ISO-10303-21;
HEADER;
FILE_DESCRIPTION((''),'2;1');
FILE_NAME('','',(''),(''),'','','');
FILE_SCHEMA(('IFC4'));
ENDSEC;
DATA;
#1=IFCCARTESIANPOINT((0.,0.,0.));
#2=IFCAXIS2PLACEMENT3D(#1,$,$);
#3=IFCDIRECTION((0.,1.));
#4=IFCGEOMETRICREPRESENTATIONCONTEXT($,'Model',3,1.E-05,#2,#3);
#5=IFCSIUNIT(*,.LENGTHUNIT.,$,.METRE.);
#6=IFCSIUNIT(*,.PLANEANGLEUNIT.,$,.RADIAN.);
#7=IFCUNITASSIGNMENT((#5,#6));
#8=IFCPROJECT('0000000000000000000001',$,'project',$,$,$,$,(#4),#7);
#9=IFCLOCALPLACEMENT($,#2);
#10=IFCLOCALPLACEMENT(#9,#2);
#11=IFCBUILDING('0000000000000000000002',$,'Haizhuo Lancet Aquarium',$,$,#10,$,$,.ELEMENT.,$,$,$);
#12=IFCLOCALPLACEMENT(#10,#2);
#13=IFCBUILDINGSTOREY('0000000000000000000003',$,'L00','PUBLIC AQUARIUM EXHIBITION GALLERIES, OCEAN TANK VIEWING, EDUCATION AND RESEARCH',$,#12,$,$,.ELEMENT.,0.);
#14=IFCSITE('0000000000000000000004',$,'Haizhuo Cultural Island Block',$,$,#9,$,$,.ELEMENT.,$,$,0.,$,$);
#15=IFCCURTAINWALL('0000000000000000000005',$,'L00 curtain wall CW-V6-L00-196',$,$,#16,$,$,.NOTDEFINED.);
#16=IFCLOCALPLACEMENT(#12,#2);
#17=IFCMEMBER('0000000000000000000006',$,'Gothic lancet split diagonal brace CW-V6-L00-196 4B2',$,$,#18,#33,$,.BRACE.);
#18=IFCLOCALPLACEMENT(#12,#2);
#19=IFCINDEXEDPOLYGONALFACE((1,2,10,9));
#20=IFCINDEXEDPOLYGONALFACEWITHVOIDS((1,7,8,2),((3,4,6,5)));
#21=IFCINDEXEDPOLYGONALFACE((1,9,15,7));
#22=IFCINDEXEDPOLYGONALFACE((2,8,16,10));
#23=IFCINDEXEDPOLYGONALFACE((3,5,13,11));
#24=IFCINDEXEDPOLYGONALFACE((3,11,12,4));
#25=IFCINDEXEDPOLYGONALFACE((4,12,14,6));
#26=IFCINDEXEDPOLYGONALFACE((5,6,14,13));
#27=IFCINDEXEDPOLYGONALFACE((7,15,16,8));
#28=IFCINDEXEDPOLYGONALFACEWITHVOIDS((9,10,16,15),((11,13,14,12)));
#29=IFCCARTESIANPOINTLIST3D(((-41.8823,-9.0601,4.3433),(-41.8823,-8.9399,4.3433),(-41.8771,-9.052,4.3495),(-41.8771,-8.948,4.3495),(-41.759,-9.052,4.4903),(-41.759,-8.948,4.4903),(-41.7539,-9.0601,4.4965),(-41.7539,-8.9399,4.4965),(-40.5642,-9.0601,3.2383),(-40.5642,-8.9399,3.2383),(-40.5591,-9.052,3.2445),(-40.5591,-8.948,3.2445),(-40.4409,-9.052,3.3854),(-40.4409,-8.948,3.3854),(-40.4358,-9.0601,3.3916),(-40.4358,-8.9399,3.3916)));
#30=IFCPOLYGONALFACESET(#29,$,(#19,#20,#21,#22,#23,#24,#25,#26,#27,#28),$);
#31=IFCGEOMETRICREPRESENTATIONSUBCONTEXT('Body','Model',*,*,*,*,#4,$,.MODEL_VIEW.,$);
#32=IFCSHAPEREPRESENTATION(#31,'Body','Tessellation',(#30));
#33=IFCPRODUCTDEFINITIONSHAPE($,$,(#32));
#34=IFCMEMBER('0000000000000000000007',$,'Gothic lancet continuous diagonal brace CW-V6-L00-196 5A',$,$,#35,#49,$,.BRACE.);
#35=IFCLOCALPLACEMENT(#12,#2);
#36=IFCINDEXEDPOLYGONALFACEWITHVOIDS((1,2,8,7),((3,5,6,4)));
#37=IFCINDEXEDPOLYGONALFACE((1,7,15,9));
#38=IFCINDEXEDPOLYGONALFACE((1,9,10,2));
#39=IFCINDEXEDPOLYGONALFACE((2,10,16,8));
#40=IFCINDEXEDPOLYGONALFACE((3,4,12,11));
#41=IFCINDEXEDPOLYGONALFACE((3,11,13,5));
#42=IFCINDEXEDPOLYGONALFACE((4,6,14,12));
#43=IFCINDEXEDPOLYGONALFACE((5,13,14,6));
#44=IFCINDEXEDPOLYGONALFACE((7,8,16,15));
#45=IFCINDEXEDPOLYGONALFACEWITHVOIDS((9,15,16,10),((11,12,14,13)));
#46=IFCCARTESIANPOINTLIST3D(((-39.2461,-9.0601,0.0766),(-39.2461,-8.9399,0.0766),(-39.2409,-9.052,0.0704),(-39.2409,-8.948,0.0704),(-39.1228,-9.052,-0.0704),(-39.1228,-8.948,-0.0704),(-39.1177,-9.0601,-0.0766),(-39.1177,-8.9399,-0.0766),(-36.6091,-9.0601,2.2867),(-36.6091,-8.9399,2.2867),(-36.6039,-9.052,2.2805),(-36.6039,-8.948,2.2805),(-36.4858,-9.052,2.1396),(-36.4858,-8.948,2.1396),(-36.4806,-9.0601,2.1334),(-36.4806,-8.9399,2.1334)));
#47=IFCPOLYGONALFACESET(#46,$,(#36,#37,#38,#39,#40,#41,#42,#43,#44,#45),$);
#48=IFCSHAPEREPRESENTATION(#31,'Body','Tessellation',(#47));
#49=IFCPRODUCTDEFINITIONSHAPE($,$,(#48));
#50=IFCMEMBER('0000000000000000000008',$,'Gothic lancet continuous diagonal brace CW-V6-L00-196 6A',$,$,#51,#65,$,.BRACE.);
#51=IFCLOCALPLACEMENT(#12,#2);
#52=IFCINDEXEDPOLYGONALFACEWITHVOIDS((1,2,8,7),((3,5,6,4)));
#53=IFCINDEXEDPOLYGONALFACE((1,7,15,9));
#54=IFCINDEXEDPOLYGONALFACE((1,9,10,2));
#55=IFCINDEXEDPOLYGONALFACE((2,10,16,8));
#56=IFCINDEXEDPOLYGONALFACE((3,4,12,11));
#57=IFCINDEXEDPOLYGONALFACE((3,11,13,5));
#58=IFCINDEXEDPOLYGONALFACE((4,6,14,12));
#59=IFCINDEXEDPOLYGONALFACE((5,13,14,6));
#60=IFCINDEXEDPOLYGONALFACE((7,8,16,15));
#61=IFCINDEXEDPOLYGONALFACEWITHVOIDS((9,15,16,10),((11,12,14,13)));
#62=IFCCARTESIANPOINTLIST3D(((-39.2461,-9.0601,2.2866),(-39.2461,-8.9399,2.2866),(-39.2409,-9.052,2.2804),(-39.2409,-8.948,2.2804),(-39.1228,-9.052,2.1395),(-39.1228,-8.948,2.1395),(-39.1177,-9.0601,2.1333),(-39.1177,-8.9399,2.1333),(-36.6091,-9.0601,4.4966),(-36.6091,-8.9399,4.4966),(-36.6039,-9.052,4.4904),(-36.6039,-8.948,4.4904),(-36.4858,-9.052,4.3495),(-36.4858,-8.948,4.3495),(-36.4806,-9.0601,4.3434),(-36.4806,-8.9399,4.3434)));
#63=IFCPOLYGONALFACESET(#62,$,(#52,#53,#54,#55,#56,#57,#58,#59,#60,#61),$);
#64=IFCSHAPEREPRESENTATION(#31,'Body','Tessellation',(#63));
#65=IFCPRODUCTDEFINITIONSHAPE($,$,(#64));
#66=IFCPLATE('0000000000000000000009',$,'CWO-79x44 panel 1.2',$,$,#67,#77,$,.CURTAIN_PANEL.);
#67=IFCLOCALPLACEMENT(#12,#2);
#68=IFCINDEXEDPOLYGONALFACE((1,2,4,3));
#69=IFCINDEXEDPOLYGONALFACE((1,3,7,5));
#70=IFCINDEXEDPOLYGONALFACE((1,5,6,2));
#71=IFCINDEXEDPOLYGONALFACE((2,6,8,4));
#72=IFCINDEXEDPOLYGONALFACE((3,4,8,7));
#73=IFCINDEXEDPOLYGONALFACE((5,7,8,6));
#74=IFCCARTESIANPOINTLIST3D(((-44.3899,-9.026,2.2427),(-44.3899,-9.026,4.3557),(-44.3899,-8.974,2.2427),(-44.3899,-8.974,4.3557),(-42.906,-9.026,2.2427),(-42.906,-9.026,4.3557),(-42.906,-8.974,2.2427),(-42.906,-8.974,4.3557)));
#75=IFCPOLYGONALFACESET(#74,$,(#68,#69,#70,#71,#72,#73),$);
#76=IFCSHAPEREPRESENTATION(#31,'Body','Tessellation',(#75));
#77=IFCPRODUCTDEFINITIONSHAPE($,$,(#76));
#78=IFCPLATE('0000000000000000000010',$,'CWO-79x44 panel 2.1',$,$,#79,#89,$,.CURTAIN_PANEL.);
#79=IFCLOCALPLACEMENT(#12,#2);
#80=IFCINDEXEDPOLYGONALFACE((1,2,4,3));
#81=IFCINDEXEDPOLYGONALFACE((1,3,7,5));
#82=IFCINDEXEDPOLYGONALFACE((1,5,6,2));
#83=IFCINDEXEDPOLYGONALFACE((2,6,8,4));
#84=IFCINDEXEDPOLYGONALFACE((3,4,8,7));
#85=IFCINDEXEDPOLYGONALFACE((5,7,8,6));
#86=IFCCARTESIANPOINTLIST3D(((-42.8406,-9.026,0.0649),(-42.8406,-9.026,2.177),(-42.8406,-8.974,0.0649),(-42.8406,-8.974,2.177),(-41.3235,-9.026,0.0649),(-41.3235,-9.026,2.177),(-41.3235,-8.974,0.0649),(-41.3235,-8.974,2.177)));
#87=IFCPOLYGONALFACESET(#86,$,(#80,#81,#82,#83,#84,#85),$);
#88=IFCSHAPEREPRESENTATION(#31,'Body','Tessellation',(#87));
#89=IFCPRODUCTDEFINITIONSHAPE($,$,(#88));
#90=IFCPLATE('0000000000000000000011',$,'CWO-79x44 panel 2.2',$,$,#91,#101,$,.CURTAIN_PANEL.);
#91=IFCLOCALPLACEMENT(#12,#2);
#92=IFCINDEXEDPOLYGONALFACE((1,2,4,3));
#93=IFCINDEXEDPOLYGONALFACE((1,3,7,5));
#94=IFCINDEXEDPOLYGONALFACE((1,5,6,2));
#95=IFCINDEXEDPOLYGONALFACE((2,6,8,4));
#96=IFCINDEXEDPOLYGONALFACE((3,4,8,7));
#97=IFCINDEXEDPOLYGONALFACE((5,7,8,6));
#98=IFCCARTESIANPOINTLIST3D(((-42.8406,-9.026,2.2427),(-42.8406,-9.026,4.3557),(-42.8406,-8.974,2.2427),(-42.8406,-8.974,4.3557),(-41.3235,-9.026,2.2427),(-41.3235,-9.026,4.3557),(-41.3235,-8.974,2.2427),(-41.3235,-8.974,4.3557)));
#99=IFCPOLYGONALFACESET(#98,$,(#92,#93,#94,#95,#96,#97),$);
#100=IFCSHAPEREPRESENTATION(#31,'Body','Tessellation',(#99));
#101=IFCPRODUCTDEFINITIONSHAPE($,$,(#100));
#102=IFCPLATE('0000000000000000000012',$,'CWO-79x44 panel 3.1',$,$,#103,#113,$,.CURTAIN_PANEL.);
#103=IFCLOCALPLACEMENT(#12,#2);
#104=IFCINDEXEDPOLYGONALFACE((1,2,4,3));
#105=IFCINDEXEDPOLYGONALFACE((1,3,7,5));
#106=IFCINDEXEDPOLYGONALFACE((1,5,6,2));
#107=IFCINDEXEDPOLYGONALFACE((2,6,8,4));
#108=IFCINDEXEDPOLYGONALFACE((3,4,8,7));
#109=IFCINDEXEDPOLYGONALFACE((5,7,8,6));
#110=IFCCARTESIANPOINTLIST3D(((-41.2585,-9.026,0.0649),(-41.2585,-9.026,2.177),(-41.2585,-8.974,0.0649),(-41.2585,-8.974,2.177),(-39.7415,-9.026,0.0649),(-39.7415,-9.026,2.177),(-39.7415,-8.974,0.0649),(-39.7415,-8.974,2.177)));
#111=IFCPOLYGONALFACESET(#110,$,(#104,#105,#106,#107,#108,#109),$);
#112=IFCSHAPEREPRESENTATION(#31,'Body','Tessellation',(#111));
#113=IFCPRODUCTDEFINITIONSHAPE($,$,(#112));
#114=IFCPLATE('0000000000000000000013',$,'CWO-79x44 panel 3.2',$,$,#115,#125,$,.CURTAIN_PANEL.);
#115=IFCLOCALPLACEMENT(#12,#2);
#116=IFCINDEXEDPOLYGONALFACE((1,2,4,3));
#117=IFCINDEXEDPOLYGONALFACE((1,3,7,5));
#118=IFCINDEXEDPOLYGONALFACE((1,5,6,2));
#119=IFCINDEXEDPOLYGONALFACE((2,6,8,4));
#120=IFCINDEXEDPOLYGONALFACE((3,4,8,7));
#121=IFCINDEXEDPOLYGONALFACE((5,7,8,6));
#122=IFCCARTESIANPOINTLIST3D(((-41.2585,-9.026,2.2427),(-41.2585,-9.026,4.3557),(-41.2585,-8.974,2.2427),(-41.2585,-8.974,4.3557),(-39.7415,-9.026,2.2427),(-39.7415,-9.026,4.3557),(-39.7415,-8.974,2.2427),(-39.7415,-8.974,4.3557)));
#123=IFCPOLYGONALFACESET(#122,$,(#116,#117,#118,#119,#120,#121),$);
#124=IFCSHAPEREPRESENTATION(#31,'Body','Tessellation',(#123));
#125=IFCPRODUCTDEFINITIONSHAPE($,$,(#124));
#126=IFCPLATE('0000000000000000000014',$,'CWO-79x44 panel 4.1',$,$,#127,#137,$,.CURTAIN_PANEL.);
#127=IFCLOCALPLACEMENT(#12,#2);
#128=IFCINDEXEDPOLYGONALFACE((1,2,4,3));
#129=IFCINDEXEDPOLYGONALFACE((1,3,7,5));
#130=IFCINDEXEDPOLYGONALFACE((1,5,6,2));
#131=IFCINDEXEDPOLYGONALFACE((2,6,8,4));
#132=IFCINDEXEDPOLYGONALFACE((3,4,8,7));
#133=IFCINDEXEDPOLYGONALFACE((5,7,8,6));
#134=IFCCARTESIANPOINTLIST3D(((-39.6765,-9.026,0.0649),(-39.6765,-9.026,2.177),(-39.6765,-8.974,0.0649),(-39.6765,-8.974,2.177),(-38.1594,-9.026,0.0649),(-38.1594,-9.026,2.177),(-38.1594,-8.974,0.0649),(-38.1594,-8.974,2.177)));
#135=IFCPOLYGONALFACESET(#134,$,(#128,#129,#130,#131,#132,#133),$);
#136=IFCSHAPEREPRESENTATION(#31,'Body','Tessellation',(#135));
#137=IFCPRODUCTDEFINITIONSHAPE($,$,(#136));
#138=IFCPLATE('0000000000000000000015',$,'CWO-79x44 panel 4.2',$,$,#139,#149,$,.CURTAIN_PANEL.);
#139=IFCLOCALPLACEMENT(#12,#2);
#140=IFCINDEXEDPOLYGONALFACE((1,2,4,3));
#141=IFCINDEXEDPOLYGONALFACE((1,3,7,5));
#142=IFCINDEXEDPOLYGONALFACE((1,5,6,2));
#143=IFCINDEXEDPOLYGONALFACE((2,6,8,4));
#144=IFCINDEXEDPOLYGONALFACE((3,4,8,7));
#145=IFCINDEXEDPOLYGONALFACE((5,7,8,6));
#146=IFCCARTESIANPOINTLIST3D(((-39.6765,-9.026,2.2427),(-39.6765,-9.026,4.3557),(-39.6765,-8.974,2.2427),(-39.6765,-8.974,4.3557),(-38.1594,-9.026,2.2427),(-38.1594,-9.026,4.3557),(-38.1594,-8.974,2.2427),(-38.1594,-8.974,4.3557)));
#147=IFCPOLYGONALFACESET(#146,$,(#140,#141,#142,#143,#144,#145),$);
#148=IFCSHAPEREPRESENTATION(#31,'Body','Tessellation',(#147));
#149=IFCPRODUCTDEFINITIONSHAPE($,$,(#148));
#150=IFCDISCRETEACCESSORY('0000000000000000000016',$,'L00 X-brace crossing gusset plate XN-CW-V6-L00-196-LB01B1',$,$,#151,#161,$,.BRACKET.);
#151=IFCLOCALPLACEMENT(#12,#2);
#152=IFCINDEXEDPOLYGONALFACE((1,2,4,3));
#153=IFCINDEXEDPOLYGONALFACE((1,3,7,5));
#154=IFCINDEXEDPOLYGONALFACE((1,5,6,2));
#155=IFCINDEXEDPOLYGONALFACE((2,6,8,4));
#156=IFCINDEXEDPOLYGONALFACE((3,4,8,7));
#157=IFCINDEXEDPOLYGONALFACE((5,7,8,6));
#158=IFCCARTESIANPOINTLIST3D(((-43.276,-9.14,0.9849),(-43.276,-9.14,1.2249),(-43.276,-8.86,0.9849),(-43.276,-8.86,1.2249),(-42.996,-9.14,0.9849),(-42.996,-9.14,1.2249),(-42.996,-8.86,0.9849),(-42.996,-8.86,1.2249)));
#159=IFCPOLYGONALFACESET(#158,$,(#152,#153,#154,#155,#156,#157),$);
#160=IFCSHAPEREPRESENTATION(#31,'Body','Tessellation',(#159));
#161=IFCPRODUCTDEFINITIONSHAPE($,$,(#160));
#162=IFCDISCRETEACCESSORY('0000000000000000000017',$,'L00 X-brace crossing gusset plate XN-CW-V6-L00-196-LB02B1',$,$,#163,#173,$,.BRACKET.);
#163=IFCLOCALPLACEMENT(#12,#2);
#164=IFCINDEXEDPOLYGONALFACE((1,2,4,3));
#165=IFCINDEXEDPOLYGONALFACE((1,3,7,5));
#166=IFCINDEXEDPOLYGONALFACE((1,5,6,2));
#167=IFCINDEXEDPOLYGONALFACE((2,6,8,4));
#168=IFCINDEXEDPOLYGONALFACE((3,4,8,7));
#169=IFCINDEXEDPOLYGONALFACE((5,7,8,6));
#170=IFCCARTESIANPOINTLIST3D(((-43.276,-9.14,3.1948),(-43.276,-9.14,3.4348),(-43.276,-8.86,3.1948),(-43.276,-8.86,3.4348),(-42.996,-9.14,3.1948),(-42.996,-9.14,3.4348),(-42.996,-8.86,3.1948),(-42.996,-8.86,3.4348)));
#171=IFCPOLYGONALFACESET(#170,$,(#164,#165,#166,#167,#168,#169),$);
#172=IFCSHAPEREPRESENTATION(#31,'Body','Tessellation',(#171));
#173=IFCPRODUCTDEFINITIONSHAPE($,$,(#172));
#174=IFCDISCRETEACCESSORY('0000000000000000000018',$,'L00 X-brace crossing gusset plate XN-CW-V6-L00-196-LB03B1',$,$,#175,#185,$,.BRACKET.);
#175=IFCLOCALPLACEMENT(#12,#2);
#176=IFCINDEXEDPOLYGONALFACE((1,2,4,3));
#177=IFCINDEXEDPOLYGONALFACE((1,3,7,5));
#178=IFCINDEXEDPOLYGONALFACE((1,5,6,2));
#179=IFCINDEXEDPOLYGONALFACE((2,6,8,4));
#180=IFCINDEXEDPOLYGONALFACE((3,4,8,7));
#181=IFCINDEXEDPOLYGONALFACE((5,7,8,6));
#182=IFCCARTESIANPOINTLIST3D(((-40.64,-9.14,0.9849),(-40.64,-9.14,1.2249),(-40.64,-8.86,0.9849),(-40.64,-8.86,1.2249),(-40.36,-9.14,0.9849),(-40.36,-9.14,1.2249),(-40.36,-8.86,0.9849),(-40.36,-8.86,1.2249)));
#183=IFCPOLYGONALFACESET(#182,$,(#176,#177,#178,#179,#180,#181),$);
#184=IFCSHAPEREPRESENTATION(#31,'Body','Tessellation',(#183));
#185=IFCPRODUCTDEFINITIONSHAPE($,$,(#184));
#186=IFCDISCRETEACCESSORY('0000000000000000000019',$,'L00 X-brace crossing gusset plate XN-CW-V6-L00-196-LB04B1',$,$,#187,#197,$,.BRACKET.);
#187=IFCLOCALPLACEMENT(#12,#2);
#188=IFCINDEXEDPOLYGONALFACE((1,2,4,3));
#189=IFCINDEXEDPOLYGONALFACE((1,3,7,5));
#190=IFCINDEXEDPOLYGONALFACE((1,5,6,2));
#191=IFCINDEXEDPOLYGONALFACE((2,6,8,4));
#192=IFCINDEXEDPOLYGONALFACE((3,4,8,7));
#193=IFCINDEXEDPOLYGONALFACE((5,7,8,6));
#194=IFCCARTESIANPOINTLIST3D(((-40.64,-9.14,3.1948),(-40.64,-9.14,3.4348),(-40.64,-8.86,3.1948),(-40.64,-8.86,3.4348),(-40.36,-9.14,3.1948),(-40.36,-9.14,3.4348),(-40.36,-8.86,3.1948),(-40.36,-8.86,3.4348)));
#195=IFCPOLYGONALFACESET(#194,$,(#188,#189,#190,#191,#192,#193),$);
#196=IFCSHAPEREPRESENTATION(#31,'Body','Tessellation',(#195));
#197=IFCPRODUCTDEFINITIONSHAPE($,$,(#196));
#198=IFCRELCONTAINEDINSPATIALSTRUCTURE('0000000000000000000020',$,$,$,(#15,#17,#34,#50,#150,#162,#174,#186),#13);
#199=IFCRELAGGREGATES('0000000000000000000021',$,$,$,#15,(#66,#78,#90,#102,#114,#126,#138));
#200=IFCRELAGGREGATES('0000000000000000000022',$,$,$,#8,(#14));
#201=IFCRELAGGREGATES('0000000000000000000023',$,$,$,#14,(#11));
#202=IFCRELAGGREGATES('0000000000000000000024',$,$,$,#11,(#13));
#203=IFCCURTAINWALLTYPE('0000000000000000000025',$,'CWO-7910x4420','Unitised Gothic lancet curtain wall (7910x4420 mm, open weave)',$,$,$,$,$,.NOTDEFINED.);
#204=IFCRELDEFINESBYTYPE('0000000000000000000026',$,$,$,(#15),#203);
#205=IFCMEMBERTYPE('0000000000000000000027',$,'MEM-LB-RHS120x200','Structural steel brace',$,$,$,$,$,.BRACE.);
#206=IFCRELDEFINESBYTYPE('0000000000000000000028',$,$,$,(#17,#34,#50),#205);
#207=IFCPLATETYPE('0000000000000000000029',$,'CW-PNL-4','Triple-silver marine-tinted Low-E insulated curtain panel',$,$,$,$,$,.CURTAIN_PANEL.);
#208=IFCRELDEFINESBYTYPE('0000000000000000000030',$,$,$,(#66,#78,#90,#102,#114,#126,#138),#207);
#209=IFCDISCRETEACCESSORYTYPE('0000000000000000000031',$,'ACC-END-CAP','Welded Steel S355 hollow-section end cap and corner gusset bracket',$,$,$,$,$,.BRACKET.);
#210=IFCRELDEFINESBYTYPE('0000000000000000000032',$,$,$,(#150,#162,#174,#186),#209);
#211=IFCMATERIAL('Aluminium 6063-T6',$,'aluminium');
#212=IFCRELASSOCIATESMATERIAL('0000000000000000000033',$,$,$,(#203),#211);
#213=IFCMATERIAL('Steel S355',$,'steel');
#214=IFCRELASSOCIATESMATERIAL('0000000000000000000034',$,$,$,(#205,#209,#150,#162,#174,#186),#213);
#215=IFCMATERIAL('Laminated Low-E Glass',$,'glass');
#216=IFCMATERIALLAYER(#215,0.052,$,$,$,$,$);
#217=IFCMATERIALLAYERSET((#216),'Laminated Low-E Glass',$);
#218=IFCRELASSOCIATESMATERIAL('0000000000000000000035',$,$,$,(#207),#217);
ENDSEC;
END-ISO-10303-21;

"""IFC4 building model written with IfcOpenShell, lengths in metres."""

from ifc_helpers import new_model, si_unit, direction, frame, origin, origin_2d, place, context, subcontext, project, spatial, rectangle, hollow_rectangle, extrude, material, layer, layer_set, material_profile, profile_set, type_object, element, aggregate, save


model = new_model("IFC4")

# Units and contexts
model_context = context("Model", 3, precision=1e-05, world=origin(), true_north=direction((0.0, 1.0)))
body_context = subcontext(model_context, "Body", "Model", "MODEL_VIEW")
ifc_project = project(units=[si_unit("LENGTHUNIT", "METRE"), si_unit("PLANEANGLEUNIT", "RADIAN")], contexts=[model_context])

# Site, building, storey
site_placement = place(None, origin())
site = spatial("IfcSite", under=ifc_project, at=site_placement, Name="Haizhuo Cultural Island Block", CompositionType="ELEMENT", RefElevation=0.0)
building_placement = place(site_placement, origin())
building = spatial("IfcBuilding", under=site, at=building_placement, Name="Haizhuo Lancet Aquarium", CompositionType="ELEMENT")
storey_placement = place(building_placement, origin())
storey = spatial("IfcBuildingStorey", under=building, at=storey_placement, Name="L00", Description="PUBLIC AQUARIUM EXHIBITION GALLERIES, OCEAN TANK VIEWING, EDUCATION AND RESEARCH", CompositionType="ELEMENT", Elevation=0.0)

# Curtain wall
ifc_material_1 = material(Name="Aluminium 6063-T6", Category="aluminium")
curtain_wall_type = type_object("IfcCurtainWallType", Name="CWO-7910x4420", Description="Unitised Gothic lancet curtain wall (7910x4420 mm, open weave)", PredefinedType="NOTDEFINED", material=ifc_material_1)
curtain_wall_placement = place(storey_placement, origin())
curtain_wall = element("IfcCurtainWall", 1, at=curtain_wall_placement, inside=storey, type_object=curtain_wall_type, Name="L00 curtain wall CW-V6-L00-196", PredefinedType="NOTDEFINED")

# Members
ifc_material_2 = material(Name="Steel S355", Category="steel")
ifc_material_profile_1 = material_profile(ifc_material_2, hollow_rectangle(XDim=0.1201, YDim=0.2, WallThickness=0.0081, at=origin_2d()), Name="RHS 120x200x8")
ifc_profile_set_1 = profile_set([ifc_material_profile_1], Name="Steel S355")
member_type_1 = type_object("IfcMemberType", Name="MEM-LB-RHS120x200", Description="Structural steel brace", PredefinedType="BRACE", material=ifc_profile_set_1)
for number, where, z_axis, x_axis, name in (
    (2, (-40.5, -9.0, 3.3149), (-0.766345, 0.0, 0.642429), (0.0, -1.0, 0.0), "Gothic lancet split diagonal brace CW-V6-L00-196 4B2"),
):
    element("IfcMember", number, at=place(storey_placement, frame(where, z_axis=z_axis, x_axis=x_axis)), inside=storey, type_object=member_type_1, Name=name, PredefinedType="BRACE", context=body_context, shape_type="SweptSolid", body=[
        extrude(hollow_rectangle(XDim=0.1201, YDim=0.2, WallThickness=0.0081, at=origin_2d()), origin(), (0.0, 0.0, 1.0), 1.72),
    ])
for number, where, z_axis, x_axis, name in (
    (3, (-39.1819, -9.0, 0.0), (0.766433, 0.0, 0.642325), (0.0, 1.0, 0.0), "Gothic lancet continuous diagonal brace CW-V6-L00-196 5A"),
    (4, (-39.1819, -9.0, 2.21), (0.766433, 0.0, 0.642325), (0.0, 1.0, 0.0), "Gothic lancet continuous diagonal brace CW-V6-L00-196 6A"),
):
    element("IfcMember", number, at=place(storey_placement, frame(where, z_axis=z_axis, x_axis=x_axis)), inside=storey, type_object=member_type_1, Name=name, PredefinedType="BRACE", context=body_context, shape_type="SweptSolid", body=[
        extrude(hollow_rectangle(XDim=0.1201, YDim=0.2, WallThickness=0.0081, at=origin_2d()), origin(), (0.0, 0.0, 1.0), 3.4407),
    ])

# Plates
ifc_material_3 = material(Name="Laminated Low-E Glass", Category="glass")
ifc_layer = layer(ifc_material_3, 0.052)
ifc_layer_set = layer_set([ifc_layer], Name="Laminated Low-E Glass")
plate_type = type_object("IfcPlateType", Name="CW-PNL-4", Description="Triple-silver marine-tinted Low-E insulated curtain panel", PredefinedType="CURTAIN_PANEL", material=ifc_layer_set)
plate_1_placement = place(storey_placement, frame((-43.6479, -9.0, 2.2427), z_axis=(0.0, 0.0, 1.0), x_axis=(1.0, 0.0, 0.0)))
plate_1 = element("IfcPlate", 5, at=plate_1_placement, type_object=plate_type, Name="CWO-79x44 panel 1.2", PredefinedType="CURTAIN_PANEL", context=body_context, shape_type="SweptSolid", body=[
    extrude(rectangle(XDim=1.4839, YDim=0.052, at=origin_2d()), origin(), (0.0, 0.0, 1.0), 2.113),
])
plate_2_placement = place(storey_placement, frame((-42.082, -9.0, 0.0649), z_axis=(0.0, 0.0, 1.0), x_axis=(1.0, 0.0, 0.0)))
plate_2 = element("IfcPlate", 6, at=plate_2_placement, type_object=plate_type, Name="CWO-79x44 panel 2.1", PredefinedType="CURTAIN_PANEL", context=body_context, shape_type="SweptSolid", body=[
    extrude(rectangle(XDim=1.5171, YDim=0.052, at=origin_2d()), origin(), (0.0, 0.0, 1.0), 2.1121),
])
plate_3_placement = place(storey_placement, frame((-42.082, -9.0, 2.2427), z_axis=(0.0, 0.0, 1.0), x_axis=(1.0, 0.0, 0.0)))
plate_3 = element("IfcPlate", 7, at=plate_3_placement, type_object=plate_type, Name="CWO-79x44 panel 2.2", PredefinedType="CURTAIN_PANEL", context=body_context, shape_type="SweptSolid", body=[
    extrude(rectangle(XDim=1.5171, YDim=0.052, at=origin_2d()), origin(), (0.0, 0.0, 1.0), 2.113),
])
plate_4_placement = place(storey_placement, frame((-40.5, -9.0, 0.0649), z_axis=(0.0, 0.0, 1.0), x_axis=(1.0, 0.0, 0.0)))
plate_4 = element("IfcPlate", 8, at=plate_4_placement, type_object=plate_type, Name="CWO-79x44 panel 3.1", PredefinedType="CURTAIN_PANEL", context=body_context, shape_type="SweptSolid", body=[
    extrude(rectangle(XDim=1.5171, YDim=0.052, at=origin_2d()), origin(), (0.0, 0.0, 1.0), 2.1121),
])
plate_5_placement = place(storey_placement, frame((-40.5, -9.0, 2.2427), z_axis=(0.0, 0.0, 1.0), x_axis=(1.0, 0.0, 0.0)))
plate_5 = element("IfcPlate", 9, at=plate_5_placement, type_object=plate_type, Name="CWO-79x44 panel 3.2", PredefinedType="CURTAIN_PANEL", context=body_context, shape_type="SweptSolid", body=[
    extrude(rectangle(XDim=1.5171, YDim=0.052, at=origin_2d()), origin(), (0.0, 0.0, 1.0), 2.113),
])
plate_6_placement = place(storey_placement, frame((-38.918, -9.0, 0.0649), z_axis=(0.0, 0.0, 1.0), x_axis=(1.0, 0.0, 0.0)))
plate_6 = element("IfcPlate", 10, at=plate_6_placement, type_object=plate_type, Name="CWO-79x44 panel 4.1", PredefinedType="CURTAIN_PANEL", context=body_context, shape_type="SweptSolid", body=[
    extrude(rectangle(XDim=1.5171, YDim=0.052, at=origin_2d()), origin(), (0.0, 0.0, 1.0), 2.1121),
])
plate_7_placement = place(storey_placement, frame((-38.918, -9.0, 2.2427), z_axis=(0.0, 0.0, 1.0), x_axis=(1.0, 0.0, 0.0)))
plate_7 = element("IfcPlate", 11, at=plate_7_placement, type_object=plate_type, Name="CWO-79x44 panel 4.2", PredefinedType="CURTAIN_PANEL", context=body_context, shape_type="SweptSolid", body=[
    extrude(rectangle(XDim=1.5171, YDim=0.052, at=origin_2d()), origin(), (0.0, 0.0, 1.0), 2.113),
])
aggregate(curtain_wall, [plate_1, plate_2, plate_3, plate_4, plate_5, plate_6, plate_7])

# Discrete accessories
discrete_accessory_type = type_object("IfcDiscreteAccessoryType", Name="ACC-END-CAP", Description="Welded Steel S355 hollow-section end cap and corner gusset bracket", PredefinedType="BRACKET", material=ifc_material_2)
for number, where, z_axis, x_axis, name in (
    (12, (-43.136, -9.0, 0.9849), (0.0, 0.0, 1.0), (1.0, 0.0, 0.0), "L00 X-brace crossing gusset plate XN-CW-V6-L00-196-LB01B1"),
    (13, (-43.136, -9.0, 3.1948), (0.0, 0.0, 1.0), (1.0, 0.0, 0.0), "L00 X-brace crossing gusset plate XN-CW-V6-L00-196-LB02B1"),
    (14, (-40.5, -9.0, 0.9849), (0.0, 0.0, 1.0), (1.0, 0.0, 0.0), "L00 X-brace crossing gusset plate XN-CW-V6-L00-196-LB03B1"),
    (15, (-40.5, -9.0, 3.1948), (0.0, 0.0, 1.0), (1.0, 0.0, 0.0), "L00 X-brace crossing gusset plate XN-CW-V6-L00-196-LB04B1"),
):
    element("IfcDiscreteAccessory", number, at=place(storey_placement, frame(where, z_axis=z_axis, x_axis=x_axis)), inside=storey, type_object=discrete_accessory_type, material=ifc_material_2, Name=name, PredefinedType="BRACKET", context=body_context, shape_type="SweptSolid", body=[
        extrude(rectangle(XDim=0.28, YDim=0.28, at=origin_2d()), origin(), (0.0, 0.0, 1.0), 0.24),
    ])

save(model, "model.ifc")
